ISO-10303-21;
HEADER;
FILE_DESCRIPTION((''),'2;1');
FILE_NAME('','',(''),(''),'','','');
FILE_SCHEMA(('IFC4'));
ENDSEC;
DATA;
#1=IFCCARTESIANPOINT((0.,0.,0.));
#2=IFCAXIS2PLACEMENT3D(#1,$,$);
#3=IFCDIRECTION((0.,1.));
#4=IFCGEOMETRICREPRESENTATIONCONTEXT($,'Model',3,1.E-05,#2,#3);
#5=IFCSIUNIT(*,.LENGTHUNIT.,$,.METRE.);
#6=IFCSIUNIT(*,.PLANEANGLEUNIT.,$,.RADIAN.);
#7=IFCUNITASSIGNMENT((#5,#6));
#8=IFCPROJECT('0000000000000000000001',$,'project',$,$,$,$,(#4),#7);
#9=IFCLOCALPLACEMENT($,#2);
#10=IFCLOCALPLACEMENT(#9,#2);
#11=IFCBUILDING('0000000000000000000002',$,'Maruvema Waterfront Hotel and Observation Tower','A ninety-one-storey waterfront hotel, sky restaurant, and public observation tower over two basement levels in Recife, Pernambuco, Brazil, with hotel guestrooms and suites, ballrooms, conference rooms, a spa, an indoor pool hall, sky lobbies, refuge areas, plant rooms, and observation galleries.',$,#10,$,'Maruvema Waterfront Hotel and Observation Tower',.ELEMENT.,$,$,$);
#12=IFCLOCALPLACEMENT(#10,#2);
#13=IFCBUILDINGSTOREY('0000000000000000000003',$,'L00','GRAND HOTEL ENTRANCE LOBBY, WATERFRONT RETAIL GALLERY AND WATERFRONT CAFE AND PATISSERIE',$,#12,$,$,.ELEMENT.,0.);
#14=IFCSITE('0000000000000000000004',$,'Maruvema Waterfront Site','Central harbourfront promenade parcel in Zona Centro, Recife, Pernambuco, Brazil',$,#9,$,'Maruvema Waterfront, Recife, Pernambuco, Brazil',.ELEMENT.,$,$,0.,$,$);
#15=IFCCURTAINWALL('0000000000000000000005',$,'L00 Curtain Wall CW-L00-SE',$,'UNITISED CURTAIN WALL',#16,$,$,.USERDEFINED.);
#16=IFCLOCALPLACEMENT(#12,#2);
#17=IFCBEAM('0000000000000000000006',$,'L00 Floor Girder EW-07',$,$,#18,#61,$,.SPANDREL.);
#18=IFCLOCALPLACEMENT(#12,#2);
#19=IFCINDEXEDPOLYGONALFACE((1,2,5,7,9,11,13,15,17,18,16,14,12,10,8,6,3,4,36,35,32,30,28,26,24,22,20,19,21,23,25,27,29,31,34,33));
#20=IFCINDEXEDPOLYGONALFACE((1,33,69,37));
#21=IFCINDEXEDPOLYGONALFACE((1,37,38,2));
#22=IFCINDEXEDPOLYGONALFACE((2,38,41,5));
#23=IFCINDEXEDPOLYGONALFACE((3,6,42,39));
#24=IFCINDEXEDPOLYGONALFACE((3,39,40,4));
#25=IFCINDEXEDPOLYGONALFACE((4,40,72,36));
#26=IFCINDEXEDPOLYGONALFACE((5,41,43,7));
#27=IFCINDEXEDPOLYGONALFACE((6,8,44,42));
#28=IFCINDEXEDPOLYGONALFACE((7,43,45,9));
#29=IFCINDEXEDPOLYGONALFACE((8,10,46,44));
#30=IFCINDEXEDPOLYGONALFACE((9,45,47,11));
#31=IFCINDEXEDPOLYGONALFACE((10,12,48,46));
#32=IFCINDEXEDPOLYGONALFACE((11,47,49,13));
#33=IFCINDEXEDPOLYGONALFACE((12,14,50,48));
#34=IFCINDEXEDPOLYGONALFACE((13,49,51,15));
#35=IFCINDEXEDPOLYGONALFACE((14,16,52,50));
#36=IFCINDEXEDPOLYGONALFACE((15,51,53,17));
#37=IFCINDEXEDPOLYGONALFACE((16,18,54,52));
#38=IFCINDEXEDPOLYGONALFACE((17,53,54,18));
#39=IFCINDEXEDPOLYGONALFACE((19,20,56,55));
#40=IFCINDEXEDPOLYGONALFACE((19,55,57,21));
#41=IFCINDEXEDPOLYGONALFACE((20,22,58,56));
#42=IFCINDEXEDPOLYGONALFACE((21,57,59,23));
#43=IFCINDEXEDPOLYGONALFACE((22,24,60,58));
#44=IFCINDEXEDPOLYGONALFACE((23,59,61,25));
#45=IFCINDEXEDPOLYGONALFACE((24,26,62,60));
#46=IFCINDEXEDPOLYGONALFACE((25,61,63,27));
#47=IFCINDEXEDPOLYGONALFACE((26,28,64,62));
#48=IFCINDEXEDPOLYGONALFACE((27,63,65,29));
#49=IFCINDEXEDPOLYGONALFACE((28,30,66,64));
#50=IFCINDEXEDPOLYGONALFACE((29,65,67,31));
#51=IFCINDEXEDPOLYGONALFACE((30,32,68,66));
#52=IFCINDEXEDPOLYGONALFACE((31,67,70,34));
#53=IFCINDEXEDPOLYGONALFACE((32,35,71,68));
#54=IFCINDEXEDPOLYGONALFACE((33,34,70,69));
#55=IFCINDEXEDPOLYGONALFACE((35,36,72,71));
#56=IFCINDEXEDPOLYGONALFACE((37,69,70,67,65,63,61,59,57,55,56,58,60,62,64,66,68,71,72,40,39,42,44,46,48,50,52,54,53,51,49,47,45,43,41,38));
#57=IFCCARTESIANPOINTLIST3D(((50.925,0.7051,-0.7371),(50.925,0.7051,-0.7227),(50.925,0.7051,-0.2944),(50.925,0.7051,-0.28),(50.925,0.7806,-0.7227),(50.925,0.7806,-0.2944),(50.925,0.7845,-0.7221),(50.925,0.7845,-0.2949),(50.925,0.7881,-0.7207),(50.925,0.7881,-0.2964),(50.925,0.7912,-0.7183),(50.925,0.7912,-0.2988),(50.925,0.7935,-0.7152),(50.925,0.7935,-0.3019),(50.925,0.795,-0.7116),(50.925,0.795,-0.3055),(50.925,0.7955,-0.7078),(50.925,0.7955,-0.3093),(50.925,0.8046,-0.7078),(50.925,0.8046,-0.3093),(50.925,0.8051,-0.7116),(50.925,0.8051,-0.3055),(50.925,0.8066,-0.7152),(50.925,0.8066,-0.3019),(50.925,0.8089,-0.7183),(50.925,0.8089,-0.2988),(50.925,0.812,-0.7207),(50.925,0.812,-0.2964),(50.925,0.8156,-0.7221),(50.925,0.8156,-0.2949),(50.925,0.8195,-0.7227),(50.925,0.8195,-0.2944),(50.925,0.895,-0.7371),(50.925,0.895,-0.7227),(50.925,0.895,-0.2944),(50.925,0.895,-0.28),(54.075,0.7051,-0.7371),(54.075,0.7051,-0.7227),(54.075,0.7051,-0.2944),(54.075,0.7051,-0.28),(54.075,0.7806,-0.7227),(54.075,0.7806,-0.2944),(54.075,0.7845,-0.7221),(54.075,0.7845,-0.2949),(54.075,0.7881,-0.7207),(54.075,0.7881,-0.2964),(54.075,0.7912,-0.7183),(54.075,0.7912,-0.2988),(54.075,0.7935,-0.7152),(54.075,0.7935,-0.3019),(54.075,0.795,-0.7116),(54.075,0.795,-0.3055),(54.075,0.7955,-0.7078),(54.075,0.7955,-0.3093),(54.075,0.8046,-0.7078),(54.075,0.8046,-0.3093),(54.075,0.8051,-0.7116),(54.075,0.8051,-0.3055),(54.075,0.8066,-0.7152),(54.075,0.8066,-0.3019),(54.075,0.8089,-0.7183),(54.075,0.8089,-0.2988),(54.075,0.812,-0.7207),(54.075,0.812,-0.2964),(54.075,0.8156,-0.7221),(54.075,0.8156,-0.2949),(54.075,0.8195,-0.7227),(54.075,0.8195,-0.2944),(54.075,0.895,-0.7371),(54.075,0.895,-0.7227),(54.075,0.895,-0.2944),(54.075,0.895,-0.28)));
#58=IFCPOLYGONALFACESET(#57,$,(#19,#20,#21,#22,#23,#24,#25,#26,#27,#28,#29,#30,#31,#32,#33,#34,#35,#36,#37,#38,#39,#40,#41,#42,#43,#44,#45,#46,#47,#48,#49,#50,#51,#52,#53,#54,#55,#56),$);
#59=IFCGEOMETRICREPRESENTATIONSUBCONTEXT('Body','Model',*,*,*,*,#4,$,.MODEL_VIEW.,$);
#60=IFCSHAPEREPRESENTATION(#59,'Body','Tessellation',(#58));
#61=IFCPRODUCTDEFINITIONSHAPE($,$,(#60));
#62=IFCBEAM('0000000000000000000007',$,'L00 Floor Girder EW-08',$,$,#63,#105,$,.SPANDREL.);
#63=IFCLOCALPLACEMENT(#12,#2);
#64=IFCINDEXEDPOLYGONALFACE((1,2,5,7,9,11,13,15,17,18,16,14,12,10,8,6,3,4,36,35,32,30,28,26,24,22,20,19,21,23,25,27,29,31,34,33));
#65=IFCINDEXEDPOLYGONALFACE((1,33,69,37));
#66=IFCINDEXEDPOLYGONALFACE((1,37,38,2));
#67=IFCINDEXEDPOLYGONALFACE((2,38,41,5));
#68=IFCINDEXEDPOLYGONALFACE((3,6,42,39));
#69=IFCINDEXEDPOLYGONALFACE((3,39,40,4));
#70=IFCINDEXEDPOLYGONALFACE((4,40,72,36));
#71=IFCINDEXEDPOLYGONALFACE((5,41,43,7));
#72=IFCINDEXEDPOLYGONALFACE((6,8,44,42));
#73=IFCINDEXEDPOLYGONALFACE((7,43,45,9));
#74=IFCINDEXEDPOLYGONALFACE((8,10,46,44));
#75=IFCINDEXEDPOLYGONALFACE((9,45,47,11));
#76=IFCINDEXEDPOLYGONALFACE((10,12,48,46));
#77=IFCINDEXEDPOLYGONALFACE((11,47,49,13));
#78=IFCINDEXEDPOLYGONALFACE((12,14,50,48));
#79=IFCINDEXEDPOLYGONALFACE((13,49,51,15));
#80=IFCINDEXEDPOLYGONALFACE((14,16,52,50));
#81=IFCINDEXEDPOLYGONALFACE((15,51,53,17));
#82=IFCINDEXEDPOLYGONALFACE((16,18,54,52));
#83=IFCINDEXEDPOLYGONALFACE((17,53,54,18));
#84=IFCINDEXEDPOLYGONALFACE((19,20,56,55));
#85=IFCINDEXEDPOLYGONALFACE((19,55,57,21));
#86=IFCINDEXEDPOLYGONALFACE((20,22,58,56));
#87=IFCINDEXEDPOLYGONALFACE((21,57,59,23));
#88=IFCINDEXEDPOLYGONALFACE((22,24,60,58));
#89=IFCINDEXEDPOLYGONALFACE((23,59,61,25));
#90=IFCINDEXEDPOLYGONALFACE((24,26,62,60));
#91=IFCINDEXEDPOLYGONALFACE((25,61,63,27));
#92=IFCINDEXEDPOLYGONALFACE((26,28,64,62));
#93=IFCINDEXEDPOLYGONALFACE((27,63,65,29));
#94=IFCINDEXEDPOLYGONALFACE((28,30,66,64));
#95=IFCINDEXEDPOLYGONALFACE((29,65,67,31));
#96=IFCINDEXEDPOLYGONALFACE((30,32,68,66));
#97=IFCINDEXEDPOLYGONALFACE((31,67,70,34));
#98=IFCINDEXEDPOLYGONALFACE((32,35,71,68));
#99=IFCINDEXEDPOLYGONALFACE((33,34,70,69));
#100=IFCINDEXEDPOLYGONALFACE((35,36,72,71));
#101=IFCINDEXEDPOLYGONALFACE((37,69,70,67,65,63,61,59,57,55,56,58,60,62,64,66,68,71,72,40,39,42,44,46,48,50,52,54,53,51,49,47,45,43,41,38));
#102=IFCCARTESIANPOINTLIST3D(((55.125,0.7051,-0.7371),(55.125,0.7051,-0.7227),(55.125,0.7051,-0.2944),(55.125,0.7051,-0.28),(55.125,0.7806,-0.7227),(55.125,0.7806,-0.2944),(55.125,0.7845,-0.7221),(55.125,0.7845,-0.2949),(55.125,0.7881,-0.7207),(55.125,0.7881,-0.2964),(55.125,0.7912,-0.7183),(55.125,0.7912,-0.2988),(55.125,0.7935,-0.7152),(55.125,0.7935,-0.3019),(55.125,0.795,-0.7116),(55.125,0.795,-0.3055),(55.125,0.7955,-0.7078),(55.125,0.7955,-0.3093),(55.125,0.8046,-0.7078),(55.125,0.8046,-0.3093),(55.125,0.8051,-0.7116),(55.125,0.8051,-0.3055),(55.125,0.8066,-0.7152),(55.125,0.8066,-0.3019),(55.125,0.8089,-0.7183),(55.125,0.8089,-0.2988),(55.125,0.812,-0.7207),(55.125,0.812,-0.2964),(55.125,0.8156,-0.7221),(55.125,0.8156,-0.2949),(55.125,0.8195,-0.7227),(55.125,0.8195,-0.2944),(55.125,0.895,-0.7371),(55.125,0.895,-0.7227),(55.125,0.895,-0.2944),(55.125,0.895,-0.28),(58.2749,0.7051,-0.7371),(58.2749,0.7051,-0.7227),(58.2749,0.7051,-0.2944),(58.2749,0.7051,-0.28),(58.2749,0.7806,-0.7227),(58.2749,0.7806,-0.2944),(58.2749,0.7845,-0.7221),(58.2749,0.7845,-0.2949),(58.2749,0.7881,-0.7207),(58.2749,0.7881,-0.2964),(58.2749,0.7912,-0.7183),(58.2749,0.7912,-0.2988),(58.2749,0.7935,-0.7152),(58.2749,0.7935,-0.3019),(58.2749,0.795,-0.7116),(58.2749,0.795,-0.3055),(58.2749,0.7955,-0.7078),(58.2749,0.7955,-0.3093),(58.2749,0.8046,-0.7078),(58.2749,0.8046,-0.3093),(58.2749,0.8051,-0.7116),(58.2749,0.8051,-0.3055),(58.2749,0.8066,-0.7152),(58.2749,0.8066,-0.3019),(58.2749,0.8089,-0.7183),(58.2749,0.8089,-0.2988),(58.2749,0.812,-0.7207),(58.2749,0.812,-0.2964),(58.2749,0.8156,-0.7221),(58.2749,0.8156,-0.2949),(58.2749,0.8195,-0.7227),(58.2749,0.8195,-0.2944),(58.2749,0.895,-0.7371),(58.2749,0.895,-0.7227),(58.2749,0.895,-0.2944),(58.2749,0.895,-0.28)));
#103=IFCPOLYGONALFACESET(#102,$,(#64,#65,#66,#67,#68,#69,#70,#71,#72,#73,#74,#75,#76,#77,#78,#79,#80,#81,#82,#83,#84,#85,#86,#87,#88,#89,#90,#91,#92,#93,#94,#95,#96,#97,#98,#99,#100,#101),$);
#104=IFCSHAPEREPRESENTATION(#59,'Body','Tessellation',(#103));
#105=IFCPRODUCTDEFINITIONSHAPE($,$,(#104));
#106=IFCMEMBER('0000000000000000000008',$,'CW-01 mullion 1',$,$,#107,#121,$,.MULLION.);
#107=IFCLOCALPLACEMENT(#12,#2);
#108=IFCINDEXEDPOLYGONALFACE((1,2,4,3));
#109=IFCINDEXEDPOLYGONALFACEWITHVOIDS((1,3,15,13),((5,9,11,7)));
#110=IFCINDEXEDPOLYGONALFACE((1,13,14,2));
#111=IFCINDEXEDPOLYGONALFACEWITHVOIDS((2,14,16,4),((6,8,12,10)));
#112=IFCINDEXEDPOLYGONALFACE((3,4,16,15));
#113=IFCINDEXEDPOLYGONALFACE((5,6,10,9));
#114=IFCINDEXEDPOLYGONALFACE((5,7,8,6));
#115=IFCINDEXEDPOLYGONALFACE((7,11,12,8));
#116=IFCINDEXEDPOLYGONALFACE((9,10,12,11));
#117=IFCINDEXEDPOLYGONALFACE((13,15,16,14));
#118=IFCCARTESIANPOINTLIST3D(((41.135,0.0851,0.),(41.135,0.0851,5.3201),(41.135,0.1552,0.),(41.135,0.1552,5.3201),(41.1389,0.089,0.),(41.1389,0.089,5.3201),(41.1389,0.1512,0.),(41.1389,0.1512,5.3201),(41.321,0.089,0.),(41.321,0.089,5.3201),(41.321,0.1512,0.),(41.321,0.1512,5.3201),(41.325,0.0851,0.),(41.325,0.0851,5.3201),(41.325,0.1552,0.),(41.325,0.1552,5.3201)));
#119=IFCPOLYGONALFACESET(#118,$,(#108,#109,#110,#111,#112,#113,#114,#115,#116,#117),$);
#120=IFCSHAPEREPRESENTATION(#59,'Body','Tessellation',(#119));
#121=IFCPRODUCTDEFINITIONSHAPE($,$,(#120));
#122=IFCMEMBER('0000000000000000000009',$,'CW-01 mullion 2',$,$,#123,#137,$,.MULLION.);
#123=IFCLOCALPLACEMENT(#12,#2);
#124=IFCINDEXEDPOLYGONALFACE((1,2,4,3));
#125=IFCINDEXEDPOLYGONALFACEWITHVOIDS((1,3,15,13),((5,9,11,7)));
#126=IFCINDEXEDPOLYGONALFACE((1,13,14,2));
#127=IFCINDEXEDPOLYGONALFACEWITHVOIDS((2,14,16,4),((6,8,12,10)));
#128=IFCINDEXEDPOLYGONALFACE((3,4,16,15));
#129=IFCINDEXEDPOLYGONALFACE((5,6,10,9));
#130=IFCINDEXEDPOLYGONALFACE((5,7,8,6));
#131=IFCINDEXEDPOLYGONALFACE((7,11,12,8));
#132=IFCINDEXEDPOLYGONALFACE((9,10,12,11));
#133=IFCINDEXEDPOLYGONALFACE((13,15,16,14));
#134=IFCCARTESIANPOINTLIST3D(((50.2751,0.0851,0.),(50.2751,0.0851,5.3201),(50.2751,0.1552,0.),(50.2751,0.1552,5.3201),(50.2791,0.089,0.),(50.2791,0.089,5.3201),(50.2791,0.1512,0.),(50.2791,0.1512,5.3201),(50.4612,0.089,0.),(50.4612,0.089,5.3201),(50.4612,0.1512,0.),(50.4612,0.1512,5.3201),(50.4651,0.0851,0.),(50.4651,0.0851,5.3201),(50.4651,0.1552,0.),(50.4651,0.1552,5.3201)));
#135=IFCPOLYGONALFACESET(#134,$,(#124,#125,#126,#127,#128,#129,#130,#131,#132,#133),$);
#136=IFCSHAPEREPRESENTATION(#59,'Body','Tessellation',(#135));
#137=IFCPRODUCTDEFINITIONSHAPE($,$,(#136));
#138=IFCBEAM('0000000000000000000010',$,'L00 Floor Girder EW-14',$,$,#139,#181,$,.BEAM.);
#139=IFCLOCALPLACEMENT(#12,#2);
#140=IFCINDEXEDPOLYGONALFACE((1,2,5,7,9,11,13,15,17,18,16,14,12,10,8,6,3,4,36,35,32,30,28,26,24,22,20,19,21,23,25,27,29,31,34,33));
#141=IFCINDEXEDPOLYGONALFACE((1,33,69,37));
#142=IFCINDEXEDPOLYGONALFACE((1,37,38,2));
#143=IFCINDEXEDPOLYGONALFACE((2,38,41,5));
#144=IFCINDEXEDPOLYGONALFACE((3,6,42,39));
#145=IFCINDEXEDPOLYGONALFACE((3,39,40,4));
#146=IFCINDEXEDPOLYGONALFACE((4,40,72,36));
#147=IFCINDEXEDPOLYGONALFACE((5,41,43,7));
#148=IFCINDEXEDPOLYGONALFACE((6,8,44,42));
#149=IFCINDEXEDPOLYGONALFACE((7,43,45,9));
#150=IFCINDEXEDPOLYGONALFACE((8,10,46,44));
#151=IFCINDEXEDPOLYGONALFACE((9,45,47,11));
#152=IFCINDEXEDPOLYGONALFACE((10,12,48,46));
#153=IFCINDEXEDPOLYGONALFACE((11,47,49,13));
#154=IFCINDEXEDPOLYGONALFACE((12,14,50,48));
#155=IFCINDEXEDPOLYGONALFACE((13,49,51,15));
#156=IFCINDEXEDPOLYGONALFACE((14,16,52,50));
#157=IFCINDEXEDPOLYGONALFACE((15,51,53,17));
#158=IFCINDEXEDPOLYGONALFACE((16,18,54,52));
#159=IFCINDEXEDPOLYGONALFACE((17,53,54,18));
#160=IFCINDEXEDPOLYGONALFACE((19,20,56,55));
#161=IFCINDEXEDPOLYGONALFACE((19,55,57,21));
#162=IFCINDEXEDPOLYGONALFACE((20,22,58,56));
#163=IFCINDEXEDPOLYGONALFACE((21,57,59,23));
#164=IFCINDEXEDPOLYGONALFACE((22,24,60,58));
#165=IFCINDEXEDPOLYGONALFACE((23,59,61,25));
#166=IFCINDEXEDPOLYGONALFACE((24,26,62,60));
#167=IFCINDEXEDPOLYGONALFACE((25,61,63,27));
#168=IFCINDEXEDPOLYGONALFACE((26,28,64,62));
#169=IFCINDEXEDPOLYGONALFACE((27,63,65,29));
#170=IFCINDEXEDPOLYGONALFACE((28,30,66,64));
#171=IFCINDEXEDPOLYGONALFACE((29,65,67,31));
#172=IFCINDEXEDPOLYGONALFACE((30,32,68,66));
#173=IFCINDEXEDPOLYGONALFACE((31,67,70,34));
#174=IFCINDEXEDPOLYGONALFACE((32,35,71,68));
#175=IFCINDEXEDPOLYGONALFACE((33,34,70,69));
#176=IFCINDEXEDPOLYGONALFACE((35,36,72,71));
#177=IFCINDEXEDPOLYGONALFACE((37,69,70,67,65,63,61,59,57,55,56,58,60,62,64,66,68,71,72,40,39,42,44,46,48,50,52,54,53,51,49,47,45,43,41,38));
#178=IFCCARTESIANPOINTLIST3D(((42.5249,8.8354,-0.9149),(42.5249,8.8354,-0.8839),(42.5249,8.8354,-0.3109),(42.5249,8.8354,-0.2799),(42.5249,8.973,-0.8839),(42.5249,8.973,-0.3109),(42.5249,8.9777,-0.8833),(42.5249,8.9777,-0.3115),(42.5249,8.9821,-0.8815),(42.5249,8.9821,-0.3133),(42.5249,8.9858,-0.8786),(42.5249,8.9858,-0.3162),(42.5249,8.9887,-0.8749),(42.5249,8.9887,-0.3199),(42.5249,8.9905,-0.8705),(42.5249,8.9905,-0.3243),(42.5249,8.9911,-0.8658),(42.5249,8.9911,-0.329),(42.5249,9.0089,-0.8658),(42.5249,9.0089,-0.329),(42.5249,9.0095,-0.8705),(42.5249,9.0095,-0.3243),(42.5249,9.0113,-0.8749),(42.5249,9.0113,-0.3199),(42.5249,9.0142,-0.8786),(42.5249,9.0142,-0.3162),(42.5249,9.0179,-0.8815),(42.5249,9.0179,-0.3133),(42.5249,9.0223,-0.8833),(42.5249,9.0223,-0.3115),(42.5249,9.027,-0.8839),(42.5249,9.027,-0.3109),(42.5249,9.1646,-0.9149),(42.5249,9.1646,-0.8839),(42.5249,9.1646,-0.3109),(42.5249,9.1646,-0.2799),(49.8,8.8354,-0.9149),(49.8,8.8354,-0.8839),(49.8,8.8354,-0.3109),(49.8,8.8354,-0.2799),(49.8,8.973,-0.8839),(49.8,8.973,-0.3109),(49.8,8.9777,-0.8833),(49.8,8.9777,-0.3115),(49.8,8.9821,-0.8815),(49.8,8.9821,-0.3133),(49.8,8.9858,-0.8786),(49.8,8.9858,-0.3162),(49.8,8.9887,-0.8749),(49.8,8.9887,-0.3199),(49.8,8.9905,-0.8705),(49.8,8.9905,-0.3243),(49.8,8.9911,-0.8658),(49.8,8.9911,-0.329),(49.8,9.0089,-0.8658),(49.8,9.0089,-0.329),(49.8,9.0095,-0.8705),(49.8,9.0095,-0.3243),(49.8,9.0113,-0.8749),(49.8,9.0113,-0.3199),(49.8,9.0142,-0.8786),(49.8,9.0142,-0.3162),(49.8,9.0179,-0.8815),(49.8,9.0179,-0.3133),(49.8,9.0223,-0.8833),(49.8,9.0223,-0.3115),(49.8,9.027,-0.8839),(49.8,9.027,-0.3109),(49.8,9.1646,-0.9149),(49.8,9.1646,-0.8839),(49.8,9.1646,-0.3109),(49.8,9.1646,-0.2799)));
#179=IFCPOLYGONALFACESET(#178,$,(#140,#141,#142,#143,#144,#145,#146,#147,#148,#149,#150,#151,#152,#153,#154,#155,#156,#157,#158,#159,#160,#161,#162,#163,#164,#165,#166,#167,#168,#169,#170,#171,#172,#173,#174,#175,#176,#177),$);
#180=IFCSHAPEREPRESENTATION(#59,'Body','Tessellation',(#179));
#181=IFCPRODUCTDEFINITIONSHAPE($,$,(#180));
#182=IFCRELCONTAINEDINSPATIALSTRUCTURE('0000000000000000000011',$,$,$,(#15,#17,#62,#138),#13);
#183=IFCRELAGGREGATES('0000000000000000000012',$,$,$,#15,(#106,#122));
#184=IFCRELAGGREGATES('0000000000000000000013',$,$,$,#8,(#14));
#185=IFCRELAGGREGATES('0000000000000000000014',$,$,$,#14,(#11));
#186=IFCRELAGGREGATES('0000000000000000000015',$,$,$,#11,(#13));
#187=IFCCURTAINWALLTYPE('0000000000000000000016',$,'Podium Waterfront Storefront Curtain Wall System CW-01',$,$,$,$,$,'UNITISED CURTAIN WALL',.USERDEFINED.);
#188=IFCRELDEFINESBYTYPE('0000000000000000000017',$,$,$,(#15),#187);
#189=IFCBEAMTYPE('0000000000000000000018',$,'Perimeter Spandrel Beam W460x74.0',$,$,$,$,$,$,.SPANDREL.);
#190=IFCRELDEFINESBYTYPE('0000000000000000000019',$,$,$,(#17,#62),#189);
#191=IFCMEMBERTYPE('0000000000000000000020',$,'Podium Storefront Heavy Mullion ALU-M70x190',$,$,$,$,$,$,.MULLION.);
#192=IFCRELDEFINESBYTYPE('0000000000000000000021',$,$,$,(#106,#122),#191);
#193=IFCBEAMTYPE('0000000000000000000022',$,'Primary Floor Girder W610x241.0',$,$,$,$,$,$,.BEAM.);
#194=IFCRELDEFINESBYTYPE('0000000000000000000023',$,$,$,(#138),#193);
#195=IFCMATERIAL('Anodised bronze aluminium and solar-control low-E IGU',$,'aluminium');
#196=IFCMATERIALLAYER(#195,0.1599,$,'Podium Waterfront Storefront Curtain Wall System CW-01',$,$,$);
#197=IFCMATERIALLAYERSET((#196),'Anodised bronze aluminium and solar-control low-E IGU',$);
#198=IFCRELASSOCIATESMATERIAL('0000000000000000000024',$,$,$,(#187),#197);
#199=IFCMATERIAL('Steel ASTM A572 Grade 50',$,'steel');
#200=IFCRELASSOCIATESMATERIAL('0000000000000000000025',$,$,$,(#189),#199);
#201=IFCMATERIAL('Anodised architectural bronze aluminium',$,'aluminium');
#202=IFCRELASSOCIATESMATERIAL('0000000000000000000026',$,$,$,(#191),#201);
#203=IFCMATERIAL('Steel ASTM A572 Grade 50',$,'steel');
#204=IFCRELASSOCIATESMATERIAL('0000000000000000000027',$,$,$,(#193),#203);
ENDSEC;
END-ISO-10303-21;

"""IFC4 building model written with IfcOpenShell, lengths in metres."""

from ifc_helpers import new_model, si_unit, direction, frame, origin, origin_2d, place, context, subcontext, project, spatial, hollow_rectangle, i_section, extrude, material, layer, layer_set, material_profile, profile_set, type_object, element, aggregate, save


model = new_model("IFC4")

# Units and contexts
model_context = context("Model", 3, precision=1e-05, world=origin(), true_north=direction((0.0, 1.0)))
body_context = subcontext(model_context, "Body", "Model", "MODEL_VIEW")
ifc_project = project(units=[si_unit("LENGTHUNIT", "METRE"), si_unit("PLANEANGLEUNIT", "RADIAN")], contexts=[model_context])

# Site, building, storey
site_placement = place(None, origin())
site = spatial("IfcSite", under=ifc_project, at=site_placement, Name="Maruvema Waterfront Site", Description="Central harbourfront promenade parcel in Zona Centro, Recife, Pernambuco, Brazil", LongName="Maruvema Waterfront, Recife, Pernambuco, Brazil", CompositionType="ELEMENT", RefElevation=0.0)
building_placement = place(site_placement, origin())
building = spatial("IfcBuilding", under=site, at=building_placement, Name="Maruvema Waterfront Hotel and Observation Tower", Description="A ninety-one-storey waterfront hotel, sky restaurant, and public observation tower over two basement levels in Recife, Pernambuco, Brazil, with hotel guestrooms and suites, ballrooms, conference rooms, a spa, an indoor pool hall, sky lobbies, refuge areas, plant rooms, and observation galleries.", LongName="Maruvema Waterfront Hotel and Observation Tower", CompositionType="ELEMENT")
storey_placement = place(building_placement, origin())
storey = spatial("IfcBuildingStorey", under=building, at=storey_placement, Name="L00", Description="GRAND HOTEL ENTRANCE LOBBY, WATERFRONT RETAIL GALLERY AND WATERFRONT CAFE AND PATISSERIE", CompositionType="ELEMENT", Elevation=0.0)

# Curtain wall
ifc_material_1 = material(Name="Anodised bronze aluminium and solar-control low-E IGU", Category="aluminium")
ifc_layer_1 = layer(ifc_material_1, 0.1599, Name="Podium Waterfront Storefront Curtain Wall System CW-01")
ifc_layer_set_1 = layer_set([ifc_layer_1], Name="Anodised bronze aluminium and solar-control low-E IGU")
curtain_wall_type = type_object("IfcCurtainWallType", Name="Podium Waterfront Storefront Curtain Wall System CW-01", ElementType="UNITISED CURTAIN WALL", PredefinedType="USERDEFINED", material=ifc_layer_set_1)
curtain_wall_placement = place(storey_placement, origin())
curtain_wall = element("IfcCurtainWall", 1, at=curtain_wall_placement, inside=storey, type_object=curtain_wall_type, Name="L00 Curtain Wall CW-L00-SE", ObjectType="UNITISED CURTAIN WALL", PredefinedType="USERDEFINED")

# Beams
ifc_material_2 = material(Name="Steel ASTM A572 Grade 50", Category="steel")
ifc_material_profile_1 = material_profile(ifc_material_2, i_section(OverallWidth=0.1899, OverallDepth=0.457, WebThickness=0.009, FlangeThickness=0.0144, FilletRadius=0.0149, at=origin_2d()), Name="W460x74.0")
ifc_profile_set_1 = profile_set([ifc_material_profile_1], Name="Steel ASTM A572 Grade 50")
beam_type_1 = type_object("IfcBeamType", Name="Perimeter Spandrel Beam W460x74.0", PredefinedType="SPANDREL", material=ifc_profile_set_1)
for number, where, z_axis, x_axis, name in (
    (2, (50.925, 0.8, -0.5085), (1.0, 0.0, 0.0), (0.0, 1.0, 0.0), "L00 Floor Girder EW-07"),
    (3, (55.125, 0.8, -0.5085), (1.0, 0.0, 0.0), (0.0, 1.0, 0.0), "L00 Floor Girder EW-08"),
):
    element("IfcBeam", number, at=place(storey_placement, frame(where, z_axis=z_axis, x_axis=x_axis)), inside=storey, type_object=beam_type_1, Name=name, PredefinedType="SPANDREL", context=body_context, shape_type="SweptSolid", body=[
        extrude(i_section(OverallWidth=0.1899, OverallDepth=0.457, WebThickness=0.009, FlangeThickness=0.0144, FilletRadius=0.0149, at=origin_2d()), origin(), (0.0, 0.0, 1.0), 3.1499),
    ])

# Members
ifc_material_3 = material(Name="Anodised architectural bronze aluminium", Category="aluminium")
ifc_material_profile_2 = material_profile(ifc_material_3, hollow_rectangle(XDim=0.0701, YDim=0.1899, WallThickness=0.0039, at=origin_2d()), Name="ALU-M70x190")
ifc_profile_set_2 = profile_set([ifc_material_profile_2], Name="Anodised architectural bronze aluminium")
member_type_1 = type_object("IfcMemberType", Name="Podium Storefront Heavy Mullion ALU-M70x190", PredefinedType="MULLION", material=ifc_profile_set_2)
member_1_placement = place(storey_placement, frame((41.23, 0.1201, 0.0), z_axis=(0.0, 0.0, 1.0), x_axis=(0.0, 1.0, 0.0)))
member_1 = element("IfcMember", 4, at=member_1_placement, type_object=member_type_1, Name="CW-01 mullion 1", PredefinedType="MULLION", context=body_context, shape_type="SweptSolid", body=[
    extrude(hollow_rectangle(XDim=0.0701, YDim=0.1899, WallThickness=0.0039, at=origin_2d()), origin(), (0.0, 0.0, 1.0), 5.3201),
])
member_2_placement = place(storey_placement, frame((50.3701, 0.1201, 0.0), z_axis=(0.0, 0.0, 1.0), x_axis=(0.0, 1.0, 0.0)))
member_2 = element("IfcMember", 5, at=member_2_placement, type_object=member_type_1, Name="CW-01 mullion 2", PredefinedType="MULLION", context=body_context, shape_type="SweptSolid", body=[
    extrude(hollow_rectangle(XDim=0.0701, YDim=0.1899, WallThickness=0.0039, at=origin_2d()), origin(), (0.0, 0.0, 1.0), 5.3201),
])

# Beam
ifc_material_4 = material(Name="Steel ASTM A572 Grade 50", Category="steel")
ifc_material_profile_3 = material_profile(ifc_material_4, i_section(OverallWidth=0.3291, OverallDepth=0.635, WebThickness=0.0178, FlangeThickness=0.031, FilletRadius=0.0181, at=origin_2d()), Name="W610x241.0")
ifc_profile_set_3 = profile_set([ifc_material_profile_3], Name="Steel ASTM A572 Grade 50")
beam_type_2 = type_object("IfcBeamType", Name="Primary Floor Girder W610x241.0", PredefinedType="BEAM", material=ifc_profile_set_3)
beam_1_placement = place(storey_placement, frame((42.5249, 9.0, -0.5974), z_axis=(1.0, 0.0, 0.0), x_axis=(0.0, 1.0, 0.0)))
element("IfcBeam", 6, at=beam_1_placement, inside=storey, type_object=beam_type_2, Name="L00 Floor Girder EW-14", PredefinedType="BEAM", context=body_context, shape_type="SweptSolid", body=[
    extrude(i_section(OverallWidth=0.3291, OverallDepth=0.635, WebThickness=0.0178, FlangeThickness=0.031, FilletRadius=0.0181, at=origin_2d()), origin(), (0.0, 0.0, 1.0), 7.2751),
])

aggregate(curtain_wall, [member_1, member_2])

save(model, "model.ifc")
